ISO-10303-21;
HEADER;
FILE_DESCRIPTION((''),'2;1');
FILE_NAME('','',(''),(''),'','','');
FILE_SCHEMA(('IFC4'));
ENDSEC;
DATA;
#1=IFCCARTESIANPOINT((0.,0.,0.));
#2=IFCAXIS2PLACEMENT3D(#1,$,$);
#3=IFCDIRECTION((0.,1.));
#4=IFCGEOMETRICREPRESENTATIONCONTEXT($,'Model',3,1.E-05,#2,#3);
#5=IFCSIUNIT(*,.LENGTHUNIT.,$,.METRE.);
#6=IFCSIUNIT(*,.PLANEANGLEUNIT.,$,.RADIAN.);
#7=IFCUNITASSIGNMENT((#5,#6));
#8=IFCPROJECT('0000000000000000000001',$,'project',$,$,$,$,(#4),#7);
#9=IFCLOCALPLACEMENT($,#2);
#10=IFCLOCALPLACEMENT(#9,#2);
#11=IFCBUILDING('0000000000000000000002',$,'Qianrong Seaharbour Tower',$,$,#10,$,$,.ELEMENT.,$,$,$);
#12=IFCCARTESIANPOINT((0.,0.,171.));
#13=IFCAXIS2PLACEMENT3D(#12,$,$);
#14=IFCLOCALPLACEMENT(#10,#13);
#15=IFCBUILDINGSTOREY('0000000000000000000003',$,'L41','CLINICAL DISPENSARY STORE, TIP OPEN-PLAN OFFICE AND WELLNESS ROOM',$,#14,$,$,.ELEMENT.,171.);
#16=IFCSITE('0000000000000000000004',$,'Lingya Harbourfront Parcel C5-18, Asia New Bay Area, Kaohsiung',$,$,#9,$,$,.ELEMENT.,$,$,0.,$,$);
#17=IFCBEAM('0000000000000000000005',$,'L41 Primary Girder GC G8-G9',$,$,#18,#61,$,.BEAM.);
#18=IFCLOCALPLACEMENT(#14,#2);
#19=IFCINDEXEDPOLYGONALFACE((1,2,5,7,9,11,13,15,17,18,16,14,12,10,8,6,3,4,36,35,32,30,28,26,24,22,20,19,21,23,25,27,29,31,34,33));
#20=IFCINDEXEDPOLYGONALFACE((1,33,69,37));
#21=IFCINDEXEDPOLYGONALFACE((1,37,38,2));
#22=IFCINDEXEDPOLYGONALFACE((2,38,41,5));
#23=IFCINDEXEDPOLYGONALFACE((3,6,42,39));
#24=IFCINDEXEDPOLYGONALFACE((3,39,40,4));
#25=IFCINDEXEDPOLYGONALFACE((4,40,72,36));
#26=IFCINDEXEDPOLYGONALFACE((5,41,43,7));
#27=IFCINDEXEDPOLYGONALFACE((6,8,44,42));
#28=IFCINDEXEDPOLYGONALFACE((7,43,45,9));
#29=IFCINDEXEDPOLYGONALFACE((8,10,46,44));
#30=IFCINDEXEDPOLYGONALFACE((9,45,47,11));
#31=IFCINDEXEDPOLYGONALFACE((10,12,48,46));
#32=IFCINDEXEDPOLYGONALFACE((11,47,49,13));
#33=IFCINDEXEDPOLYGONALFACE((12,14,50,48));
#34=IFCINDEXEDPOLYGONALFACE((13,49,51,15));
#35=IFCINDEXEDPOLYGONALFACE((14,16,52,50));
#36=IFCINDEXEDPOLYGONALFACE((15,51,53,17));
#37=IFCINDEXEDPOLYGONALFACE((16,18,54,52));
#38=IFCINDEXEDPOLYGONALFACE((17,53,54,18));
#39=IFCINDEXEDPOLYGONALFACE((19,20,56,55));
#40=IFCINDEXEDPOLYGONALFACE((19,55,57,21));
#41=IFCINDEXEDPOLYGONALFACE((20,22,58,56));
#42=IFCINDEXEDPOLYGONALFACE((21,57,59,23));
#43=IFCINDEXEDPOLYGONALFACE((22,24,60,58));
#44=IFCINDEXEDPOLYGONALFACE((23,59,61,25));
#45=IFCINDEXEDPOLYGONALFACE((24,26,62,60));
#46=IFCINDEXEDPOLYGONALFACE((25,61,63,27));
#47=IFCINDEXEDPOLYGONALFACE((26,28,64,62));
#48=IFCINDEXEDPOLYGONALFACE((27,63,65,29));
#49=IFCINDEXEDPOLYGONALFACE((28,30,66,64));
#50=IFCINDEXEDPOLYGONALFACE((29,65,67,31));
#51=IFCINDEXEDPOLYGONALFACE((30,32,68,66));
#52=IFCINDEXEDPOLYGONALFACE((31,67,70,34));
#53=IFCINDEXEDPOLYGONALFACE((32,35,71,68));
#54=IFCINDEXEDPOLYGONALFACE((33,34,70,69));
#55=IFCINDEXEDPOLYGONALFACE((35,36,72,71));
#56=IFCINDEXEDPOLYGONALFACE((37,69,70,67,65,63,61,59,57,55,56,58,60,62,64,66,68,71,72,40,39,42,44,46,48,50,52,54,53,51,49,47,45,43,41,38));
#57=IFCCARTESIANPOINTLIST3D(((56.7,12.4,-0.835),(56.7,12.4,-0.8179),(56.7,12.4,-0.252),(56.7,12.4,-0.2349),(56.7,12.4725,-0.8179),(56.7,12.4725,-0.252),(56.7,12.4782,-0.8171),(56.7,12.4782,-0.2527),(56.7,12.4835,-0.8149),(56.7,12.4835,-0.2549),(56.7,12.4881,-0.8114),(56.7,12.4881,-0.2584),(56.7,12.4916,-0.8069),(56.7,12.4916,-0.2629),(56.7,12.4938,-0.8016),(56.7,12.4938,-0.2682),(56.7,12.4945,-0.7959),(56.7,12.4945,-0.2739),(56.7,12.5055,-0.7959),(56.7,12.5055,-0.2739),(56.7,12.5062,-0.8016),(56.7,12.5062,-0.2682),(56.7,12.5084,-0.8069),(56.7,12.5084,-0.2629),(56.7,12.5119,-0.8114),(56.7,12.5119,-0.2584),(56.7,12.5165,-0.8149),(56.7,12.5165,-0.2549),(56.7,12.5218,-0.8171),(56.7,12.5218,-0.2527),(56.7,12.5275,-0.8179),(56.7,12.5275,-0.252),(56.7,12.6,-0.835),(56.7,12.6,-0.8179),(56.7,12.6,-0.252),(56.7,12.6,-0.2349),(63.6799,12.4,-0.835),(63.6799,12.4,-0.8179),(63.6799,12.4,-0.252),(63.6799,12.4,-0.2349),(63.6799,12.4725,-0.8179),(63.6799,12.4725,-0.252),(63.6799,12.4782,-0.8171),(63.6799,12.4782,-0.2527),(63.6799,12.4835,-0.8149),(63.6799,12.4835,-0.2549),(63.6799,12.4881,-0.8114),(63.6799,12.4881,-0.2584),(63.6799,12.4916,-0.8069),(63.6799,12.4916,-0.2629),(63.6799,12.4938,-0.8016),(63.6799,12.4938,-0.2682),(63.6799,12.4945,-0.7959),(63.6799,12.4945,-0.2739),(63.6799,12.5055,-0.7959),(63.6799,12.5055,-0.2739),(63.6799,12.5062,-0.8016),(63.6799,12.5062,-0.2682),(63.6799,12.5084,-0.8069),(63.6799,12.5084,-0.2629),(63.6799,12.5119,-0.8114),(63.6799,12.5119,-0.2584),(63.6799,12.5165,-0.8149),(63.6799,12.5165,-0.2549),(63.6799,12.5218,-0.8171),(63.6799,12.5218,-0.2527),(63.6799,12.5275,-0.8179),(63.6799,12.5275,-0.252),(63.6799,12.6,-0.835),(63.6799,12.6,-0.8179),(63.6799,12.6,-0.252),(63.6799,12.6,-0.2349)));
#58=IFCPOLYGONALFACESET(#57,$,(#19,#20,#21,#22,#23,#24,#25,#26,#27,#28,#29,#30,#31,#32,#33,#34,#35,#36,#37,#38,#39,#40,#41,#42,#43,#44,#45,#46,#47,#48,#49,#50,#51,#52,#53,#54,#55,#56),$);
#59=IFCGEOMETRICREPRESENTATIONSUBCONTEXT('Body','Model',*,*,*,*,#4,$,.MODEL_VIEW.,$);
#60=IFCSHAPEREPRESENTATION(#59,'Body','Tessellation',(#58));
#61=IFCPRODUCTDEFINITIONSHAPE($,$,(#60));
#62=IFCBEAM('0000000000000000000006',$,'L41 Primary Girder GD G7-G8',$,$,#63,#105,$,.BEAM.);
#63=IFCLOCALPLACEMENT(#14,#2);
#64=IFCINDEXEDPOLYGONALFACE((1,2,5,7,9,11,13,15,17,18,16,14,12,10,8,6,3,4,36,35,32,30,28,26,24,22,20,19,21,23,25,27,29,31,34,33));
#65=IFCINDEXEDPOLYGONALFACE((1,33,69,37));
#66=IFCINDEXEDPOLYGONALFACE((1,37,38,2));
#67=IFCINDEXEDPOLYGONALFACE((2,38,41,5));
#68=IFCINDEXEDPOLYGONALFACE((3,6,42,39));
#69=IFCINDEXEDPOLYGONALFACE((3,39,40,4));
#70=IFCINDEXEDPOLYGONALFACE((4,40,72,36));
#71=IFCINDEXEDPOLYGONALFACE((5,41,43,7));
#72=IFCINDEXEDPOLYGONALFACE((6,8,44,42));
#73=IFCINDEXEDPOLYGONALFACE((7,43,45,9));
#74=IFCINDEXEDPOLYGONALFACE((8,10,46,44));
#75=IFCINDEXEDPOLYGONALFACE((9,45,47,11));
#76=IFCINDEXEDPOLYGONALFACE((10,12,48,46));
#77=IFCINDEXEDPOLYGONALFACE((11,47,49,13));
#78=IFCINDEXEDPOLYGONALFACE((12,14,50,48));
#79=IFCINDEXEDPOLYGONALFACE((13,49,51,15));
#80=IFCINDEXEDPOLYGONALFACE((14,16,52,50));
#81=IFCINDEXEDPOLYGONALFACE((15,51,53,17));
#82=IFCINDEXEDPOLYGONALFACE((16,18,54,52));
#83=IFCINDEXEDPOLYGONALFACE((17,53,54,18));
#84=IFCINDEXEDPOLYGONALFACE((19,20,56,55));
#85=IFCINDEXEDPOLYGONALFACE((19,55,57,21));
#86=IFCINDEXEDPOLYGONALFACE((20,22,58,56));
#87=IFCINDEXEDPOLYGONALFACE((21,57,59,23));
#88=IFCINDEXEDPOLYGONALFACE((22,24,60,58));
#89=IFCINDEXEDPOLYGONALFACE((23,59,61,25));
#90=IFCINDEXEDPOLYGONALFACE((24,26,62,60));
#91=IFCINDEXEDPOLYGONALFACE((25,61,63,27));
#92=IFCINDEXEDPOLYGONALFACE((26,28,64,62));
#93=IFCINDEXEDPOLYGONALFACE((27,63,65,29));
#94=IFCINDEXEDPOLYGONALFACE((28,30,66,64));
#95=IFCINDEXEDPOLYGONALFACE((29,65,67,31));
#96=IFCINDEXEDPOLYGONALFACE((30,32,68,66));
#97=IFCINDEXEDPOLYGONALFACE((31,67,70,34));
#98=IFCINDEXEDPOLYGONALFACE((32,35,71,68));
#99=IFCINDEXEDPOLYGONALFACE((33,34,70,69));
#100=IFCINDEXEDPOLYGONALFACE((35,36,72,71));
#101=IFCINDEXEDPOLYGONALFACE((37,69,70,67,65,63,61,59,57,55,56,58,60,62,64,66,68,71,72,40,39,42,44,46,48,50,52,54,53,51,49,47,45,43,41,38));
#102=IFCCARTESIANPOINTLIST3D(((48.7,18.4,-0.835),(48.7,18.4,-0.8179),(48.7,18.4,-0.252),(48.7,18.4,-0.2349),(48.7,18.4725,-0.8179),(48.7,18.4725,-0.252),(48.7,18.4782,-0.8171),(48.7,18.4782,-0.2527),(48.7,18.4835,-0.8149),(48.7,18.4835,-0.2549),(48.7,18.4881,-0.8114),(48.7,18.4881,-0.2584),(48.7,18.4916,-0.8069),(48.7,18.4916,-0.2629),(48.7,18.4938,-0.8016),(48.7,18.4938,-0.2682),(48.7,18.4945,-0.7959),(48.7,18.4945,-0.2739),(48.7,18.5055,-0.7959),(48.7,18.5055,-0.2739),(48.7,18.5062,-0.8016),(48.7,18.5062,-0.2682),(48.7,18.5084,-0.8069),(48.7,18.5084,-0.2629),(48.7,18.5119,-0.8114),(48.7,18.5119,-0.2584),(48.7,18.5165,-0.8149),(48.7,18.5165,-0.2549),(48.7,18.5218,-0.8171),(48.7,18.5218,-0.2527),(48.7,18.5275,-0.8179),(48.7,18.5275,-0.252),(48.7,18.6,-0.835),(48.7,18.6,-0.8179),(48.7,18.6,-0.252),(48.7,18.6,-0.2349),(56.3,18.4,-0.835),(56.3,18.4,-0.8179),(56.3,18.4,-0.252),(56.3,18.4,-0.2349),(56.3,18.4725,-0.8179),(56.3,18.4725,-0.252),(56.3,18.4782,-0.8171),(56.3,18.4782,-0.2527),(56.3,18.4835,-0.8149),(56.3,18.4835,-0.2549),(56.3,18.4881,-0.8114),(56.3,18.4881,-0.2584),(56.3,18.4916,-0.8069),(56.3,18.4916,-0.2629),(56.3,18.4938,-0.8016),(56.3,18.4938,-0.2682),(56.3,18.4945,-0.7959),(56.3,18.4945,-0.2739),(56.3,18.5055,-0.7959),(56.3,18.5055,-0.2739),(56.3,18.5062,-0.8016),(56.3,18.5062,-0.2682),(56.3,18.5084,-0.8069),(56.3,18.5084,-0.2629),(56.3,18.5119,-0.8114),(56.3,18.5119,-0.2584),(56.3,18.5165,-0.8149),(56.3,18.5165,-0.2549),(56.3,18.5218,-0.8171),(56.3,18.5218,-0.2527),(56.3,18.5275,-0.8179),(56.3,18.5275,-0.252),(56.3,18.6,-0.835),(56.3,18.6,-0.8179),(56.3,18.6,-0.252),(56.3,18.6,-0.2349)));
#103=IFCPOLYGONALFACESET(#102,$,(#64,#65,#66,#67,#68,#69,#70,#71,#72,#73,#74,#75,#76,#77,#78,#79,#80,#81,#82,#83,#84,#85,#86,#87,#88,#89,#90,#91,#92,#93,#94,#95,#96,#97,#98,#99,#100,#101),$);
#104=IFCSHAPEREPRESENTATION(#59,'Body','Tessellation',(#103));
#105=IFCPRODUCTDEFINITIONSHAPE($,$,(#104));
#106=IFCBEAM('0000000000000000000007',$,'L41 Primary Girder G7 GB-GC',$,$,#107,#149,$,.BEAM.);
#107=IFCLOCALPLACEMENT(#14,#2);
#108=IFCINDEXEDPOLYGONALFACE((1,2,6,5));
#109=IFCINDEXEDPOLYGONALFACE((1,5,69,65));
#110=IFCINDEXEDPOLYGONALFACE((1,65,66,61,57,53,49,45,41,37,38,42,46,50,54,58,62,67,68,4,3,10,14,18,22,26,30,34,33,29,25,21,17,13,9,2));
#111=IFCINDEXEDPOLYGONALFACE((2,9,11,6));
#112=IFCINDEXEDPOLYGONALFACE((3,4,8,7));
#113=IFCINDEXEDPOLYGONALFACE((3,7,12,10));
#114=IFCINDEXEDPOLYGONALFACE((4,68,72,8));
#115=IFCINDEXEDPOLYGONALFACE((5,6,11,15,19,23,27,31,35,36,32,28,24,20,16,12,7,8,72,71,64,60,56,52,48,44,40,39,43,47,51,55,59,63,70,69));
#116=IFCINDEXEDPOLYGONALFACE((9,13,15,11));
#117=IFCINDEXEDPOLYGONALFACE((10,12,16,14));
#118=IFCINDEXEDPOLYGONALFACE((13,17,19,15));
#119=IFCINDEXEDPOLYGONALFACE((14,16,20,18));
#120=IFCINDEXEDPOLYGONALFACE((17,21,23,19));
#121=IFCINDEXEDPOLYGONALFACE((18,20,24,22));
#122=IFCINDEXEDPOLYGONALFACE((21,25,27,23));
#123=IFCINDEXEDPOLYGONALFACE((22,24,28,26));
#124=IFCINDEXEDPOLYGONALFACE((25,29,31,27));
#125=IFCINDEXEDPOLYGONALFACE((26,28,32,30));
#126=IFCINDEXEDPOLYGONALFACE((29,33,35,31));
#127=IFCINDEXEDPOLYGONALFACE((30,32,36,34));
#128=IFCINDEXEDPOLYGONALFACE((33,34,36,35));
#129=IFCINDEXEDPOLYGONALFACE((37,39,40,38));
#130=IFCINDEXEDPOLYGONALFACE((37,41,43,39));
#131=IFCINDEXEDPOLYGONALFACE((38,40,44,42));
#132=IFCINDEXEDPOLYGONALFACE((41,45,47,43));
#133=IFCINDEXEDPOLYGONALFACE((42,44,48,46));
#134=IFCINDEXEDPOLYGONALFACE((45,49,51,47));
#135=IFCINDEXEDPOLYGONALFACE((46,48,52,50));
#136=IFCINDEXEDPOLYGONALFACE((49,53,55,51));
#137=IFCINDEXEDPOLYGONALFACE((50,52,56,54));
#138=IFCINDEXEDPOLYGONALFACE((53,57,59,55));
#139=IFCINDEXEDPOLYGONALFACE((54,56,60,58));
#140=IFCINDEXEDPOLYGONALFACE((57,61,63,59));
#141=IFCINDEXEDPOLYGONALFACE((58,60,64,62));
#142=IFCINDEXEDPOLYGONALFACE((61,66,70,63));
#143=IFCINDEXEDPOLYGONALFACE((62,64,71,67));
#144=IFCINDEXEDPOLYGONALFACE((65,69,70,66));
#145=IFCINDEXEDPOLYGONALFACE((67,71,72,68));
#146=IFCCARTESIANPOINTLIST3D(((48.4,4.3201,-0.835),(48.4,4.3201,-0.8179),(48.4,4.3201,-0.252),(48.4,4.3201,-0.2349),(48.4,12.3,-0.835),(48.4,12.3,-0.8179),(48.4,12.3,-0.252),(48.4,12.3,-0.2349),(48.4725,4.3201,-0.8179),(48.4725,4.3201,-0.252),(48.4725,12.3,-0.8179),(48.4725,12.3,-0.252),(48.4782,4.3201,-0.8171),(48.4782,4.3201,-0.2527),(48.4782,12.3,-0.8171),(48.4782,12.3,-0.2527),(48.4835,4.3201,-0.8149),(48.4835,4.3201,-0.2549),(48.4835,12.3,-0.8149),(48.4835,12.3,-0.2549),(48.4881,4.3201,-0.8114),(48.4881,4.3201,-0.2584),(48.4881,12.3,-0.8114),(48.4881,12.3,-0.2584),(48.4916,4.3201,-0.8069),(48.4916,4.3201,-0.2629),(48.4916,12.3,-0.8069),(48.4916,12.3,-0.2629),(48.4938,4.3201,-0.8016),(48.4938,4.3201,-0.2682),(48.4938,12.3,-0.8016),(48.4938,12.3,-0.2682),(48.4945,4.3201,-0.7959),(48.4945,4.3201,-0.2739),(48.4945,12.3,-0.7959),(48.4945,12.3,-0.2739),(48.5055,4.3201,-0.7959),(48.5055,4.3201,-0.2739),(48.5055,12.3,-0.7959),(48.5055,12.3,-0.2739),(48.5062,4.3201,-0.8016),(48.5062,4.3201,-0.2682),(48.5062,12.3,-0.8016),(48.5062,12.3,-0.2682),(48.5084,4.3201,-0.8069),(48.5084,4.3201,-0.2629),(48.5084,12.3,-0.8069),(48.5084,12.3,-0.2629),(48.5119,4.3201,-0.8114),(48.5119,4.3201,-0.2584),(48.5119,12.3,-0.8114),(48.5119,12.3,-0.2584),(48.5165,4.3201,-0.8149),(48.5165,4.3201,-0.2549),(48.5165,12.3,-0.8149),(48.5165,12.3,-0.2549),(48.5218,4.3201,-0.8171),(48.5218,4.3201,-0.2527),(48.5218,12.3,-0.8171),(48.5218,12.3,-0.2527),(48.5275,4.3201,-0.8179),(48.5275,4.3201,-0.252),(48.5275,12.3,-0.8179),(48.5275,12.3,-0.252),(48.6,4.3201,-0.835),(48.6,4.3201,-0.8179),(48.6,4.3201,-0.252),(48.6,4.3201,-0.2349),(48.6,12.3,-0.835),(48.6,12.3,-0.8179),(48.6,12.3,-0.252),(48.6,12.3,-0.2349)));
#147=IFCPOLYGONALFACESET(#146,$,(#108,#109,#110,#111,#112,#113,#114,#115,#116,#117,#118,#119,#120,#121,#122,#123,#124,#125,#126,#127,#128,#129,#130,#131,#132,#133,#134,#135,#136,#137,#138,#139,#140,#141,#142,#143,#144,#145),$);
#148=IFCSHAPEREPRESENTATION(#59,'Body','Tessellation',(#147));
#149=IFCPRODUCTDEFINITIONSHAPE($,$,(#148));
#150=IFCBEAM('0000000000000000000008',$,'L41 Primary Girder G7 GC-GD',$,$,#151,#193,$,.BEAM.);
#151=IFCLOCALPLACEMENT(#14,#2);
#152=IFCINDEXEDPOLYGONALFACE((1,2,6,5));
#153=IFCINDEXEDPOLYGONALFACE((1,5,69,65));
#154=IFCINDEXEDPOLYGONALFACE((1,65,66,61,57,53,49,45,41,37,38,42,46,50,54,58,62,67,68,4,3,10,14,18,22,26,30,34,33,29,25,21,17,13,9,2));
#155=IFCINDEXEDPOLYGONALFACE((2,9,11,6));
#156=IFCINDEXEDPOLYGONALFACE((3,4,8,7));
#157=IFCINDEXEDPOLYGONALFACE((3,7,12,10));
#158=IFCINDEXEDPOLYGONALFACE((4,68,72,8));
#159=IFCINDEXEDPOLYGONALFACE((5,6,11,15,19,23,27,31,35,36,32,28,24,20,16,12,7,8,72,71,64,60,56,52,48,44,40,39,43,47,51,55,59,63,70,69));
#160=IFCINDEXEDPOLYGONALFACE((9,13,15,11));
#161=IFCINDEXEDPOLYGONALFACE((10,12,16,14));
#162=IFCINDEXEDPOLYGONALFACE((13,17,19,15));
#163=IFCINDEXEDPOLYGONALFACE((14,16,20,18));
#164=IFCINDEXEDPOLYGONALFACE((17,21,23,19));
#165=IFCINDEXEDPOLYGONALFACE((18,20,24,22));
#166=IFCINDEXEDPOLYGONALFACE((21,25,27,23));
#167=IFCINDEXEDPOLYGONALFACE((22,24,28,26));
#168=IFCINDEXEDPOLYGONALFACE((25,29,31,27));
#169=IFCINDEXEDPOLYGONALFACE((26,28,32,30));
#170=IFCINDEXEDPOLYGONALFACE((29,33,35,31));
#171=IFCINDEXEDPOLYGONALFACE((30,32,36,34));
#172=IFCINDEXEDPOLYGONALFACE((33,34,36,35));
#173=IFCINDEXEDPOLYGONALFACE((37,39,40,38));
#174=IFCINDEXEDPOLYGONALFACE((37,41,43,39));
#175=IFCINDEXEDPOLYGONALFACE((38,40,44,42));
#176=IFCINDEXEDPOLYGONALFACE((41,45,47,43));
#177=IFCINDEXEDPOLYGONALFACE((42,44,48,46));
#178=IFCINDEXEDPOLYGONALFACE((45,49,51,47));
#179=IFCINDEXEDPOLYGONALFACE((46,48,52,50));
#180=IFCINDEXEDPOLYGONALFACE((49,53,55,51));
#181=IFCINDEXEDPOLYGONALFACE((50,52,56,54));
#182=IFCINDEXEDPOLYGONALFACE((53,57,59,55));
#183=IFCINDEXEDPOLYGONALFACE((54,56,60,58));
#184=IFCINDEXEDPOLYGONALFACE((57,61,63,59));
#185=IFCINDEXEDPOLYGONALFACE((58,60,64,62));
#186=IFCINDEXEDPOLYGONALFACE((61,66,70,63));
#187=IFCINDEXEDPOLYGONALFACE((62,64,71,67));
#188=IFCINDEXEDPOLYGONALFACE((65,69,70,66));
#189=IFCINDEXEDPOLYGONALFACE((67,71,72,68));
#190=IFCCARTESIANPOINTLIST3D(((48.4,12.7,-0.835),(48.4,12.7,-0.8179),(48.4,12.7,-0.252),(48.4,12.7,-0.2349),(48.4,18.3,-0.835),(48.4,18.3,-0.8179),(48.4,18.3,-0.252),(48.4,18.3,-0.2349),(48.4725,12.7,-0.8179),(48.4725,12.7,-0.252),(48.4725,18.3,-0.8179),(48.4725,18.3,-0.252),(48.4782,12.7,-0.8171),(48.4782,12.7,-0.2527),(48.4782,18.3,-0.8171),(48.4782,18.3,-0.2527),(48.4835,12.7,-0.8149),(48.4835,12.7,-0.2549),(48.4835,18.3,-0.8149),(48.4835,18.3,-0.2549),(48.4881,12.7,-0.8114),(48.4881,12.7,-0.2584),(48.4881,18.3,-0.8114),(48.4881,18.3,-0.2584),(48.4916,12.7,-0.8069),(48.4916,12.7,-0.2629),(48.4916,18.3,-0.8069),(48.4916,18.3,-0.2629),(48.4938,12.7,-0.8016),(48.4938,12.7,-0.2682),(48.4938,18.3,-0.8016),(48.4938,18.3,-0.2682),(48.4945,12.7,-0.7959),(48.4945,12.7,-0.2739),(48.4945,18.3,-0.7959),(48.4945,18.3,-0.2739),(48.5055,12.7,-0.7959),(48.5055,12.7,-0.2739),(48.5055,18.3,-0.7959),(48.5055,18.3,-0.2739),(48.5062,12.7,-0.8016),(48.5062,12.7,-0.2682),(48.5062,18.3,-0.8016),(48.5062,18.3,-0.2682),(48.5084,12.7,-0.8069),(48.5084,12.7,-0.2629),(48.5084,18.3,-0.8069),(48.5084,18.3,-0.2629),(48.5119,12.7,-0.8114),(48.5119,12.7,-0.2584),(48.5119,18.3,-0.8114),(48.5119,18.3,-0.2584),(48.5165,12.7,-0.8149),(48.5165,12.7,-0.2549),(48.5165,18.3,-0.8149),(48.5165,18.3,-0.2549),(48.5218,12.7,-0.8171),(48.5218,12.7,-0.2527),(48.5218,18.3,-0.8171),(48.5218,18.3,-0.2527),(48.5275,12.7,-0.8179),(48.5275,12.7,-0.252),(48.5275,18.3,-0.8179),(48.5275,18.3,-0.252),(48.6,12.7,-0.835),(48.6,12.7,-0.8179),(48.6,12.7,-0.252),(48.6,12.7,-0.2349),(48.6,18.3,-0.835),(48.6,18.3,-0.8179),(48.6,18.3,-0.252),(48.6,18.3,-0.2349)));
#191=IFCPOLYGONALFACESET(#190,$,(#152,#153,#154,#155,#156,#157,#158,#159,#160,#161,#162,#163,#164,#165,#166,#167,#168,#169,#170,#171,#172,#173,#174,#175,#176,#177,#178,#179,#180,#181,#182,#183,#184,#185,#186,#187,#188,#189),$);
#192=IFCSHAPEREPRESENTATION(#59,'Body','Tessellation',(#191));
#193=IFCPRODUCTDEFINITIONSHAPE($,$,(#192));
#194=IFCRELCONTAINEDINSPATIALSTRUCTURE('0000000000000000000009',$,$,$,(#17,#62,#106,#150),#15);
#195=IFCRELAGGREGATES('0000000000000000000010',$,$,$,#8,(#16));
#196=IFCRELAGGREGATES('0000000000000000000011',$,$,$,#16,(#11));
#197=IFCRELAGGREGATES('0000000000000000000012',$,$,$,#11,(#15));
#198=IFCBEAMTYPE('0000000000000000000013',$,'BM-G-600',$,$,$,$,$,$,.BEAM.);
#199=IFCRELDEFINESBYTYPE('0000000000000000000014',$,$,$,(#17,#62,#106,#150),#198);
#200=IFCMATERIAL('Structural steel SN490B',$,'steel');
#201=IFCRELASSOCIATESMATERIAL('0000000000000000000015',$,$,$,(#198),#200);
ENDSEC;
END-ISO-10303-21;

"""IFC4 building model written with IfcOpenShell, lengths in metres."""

from ifc_helpers import new_model, si_unit, direction, frame, origin, origin_2d, place, context, subcontext, project, spatial, i_section, extrude, material, material_profile, profile_set, type_object, element, save


model = new_model("IFC4")

# Units and contexts
model_context = context("Model", 3, precision=1e-05, world=origin(), true_north=direction((0.0, 1.0)))
body_context = subcontext(model_context, "Body", "Model", "MODEL_VIEW")
ifc_project = project(units=[si_unit("LENGTHUNIT", "METRE"), si_unit("PLANEANGLEUNIT", "RADIAN")], contexts=[model_context])

# Site, building, storey
site_placement = place(None, origin())
site = spatial("IfcSite", under=ifc_project, at=site_placement, Name="Lingya Harbourfront Parcel C5-18, Asia New Bay Area, Kaohsiung", CompositionType="ELEMENT", RefElevation=0.0)
building_placement = place(site_placement, origin())
building = spatial("IfcBuilding", under=site, at=building_placement, Name="Qianrong Seaharbour Tower", CompositionType="ELEMENT")
storey_placement = place(building_placement, frame((0.0, 0.0, 171.0)))
storey = spatial("IfcBuildingStorey", under=building, at=storey_placement, Name="L41", Description="CLINICAL DISPENSARY STORE, TIP OPEN-PLAN OFFICE AND WELLNESS ROOM", CompositionType="ELEMENT", Elevation=171.0)

# Shared definitions
ifc_material_1 = material(Name="Structural steel SN490B", Category="steel")

# Beams
ifc_material_profile_1 = material_profile(ifc_material_1, i_section(OverallWidth=0.2, OverallDepth=0.6001, WebThickness=0.011, FlangeThickness=0.0171, FilletRadius=0.022, at=origin_2d()), Name="H600x200x11x17")
ifc_profile_set_1 = profile_set([ifc_material_profile_1], Name="Structural steel SN490B")
beam_type_1 = type_object("IfcBeamType", Name="BM-G-600", PredefinedType="BEAM", material=ifc_profile_set_1)
beam_1_placement = place(storey_placement, frame((56.7, 12.5, -0.5349), z_axis=(1.0, 0.0, 0.0), x_axis=(0.0, 1.0, 0.0)))
element("IfcBeam", 1, at=beam_1_placement, inside=storey, type_object=beam_type_1, Name="L41 Primary Girder GC G8-G9", PredefinedType="BEAM", context=body_context, shape_type="SweptSolid", body=[
    extrude(i_section(OverallWidth=0.2, OverallDepth=0.6001, WebThickness=0.011, FlangeThickness=0.0171, FilletRadius=0.022, at=origin_2d()), origin(), (0.0, 0.0, 1.0), 6.98),
])
beam_2_placement = place(storey_placement, frame((48.7, 18.5, -0.5349), z_axis=(1.0, 0.0, 0.0), x_axis=(0.0, 1.0, 0.0)))
element("IfcBeam", 2, at=beam_2_placement, inside=storey, type_object=beam_type_1, Name="L41 Primary Girder GD G7-G8", PredefinedType="BEAM", context=body_context, shape_type="SweptSolid", body=[
    extrude(i_section(OverallWidth=0.2, OverallDepth=0.6001, WebThickness=0.011, FlangeThickness=0.0171, FilletRadius=0.022, at=origin_2d()), origin(), (0.0, 0.0, 1.0), 7.6001),
])
beam_3_placement = place(storey_placement, frame((48.5, 4.3201, -0.5349), z_axis=(0.0, 1.0, 0.0), x_axis=(-1.0, 0.0, 0.0)))
element("IfcBeam", 3, at=beam_3_placement, inside=storey, type_object=beam_type_1, Name="L41 Primary Girder G7 GB-GC", PredefinedType="BEAM", context=body_context, shape_type="SweptSolid", body=[
    extrude(i_section(OverallWidth=0.2, OverallDepth=0.6001, WebThickness=0.011, FlangeThickness=0.0171, FilletRadius=0.022, at=origin_2d()), origin(), (0.0, 0.0, 1.0), 7.98),
])
beam_4_placement = place(storey_placement, frame((48.5, 12.7, -0.5349), z_axis=(0.0, 1.0, 0.0), x_axis=(-1.0, 0.0, 0.0)))
element("IfcBeam", 4, at=beam_4_placement, inside=storey, type_object=beam_type_1, Name="L41 Primary Girder G7 GC-GD", PredefinedType="BEAM", context=body_context, shape_type="SweptSolid", body=[
    extrude(i_section(OverallWidth=0.2, OverallDepth=0.6001, WebThickness=0.011, FlangeThickness=0.0171, FilletRadius=0.022, at=origin_2d()), origin(), (0.0, 0.0, 1.0), 5.6001),
])

save(model, "model.ifc")
